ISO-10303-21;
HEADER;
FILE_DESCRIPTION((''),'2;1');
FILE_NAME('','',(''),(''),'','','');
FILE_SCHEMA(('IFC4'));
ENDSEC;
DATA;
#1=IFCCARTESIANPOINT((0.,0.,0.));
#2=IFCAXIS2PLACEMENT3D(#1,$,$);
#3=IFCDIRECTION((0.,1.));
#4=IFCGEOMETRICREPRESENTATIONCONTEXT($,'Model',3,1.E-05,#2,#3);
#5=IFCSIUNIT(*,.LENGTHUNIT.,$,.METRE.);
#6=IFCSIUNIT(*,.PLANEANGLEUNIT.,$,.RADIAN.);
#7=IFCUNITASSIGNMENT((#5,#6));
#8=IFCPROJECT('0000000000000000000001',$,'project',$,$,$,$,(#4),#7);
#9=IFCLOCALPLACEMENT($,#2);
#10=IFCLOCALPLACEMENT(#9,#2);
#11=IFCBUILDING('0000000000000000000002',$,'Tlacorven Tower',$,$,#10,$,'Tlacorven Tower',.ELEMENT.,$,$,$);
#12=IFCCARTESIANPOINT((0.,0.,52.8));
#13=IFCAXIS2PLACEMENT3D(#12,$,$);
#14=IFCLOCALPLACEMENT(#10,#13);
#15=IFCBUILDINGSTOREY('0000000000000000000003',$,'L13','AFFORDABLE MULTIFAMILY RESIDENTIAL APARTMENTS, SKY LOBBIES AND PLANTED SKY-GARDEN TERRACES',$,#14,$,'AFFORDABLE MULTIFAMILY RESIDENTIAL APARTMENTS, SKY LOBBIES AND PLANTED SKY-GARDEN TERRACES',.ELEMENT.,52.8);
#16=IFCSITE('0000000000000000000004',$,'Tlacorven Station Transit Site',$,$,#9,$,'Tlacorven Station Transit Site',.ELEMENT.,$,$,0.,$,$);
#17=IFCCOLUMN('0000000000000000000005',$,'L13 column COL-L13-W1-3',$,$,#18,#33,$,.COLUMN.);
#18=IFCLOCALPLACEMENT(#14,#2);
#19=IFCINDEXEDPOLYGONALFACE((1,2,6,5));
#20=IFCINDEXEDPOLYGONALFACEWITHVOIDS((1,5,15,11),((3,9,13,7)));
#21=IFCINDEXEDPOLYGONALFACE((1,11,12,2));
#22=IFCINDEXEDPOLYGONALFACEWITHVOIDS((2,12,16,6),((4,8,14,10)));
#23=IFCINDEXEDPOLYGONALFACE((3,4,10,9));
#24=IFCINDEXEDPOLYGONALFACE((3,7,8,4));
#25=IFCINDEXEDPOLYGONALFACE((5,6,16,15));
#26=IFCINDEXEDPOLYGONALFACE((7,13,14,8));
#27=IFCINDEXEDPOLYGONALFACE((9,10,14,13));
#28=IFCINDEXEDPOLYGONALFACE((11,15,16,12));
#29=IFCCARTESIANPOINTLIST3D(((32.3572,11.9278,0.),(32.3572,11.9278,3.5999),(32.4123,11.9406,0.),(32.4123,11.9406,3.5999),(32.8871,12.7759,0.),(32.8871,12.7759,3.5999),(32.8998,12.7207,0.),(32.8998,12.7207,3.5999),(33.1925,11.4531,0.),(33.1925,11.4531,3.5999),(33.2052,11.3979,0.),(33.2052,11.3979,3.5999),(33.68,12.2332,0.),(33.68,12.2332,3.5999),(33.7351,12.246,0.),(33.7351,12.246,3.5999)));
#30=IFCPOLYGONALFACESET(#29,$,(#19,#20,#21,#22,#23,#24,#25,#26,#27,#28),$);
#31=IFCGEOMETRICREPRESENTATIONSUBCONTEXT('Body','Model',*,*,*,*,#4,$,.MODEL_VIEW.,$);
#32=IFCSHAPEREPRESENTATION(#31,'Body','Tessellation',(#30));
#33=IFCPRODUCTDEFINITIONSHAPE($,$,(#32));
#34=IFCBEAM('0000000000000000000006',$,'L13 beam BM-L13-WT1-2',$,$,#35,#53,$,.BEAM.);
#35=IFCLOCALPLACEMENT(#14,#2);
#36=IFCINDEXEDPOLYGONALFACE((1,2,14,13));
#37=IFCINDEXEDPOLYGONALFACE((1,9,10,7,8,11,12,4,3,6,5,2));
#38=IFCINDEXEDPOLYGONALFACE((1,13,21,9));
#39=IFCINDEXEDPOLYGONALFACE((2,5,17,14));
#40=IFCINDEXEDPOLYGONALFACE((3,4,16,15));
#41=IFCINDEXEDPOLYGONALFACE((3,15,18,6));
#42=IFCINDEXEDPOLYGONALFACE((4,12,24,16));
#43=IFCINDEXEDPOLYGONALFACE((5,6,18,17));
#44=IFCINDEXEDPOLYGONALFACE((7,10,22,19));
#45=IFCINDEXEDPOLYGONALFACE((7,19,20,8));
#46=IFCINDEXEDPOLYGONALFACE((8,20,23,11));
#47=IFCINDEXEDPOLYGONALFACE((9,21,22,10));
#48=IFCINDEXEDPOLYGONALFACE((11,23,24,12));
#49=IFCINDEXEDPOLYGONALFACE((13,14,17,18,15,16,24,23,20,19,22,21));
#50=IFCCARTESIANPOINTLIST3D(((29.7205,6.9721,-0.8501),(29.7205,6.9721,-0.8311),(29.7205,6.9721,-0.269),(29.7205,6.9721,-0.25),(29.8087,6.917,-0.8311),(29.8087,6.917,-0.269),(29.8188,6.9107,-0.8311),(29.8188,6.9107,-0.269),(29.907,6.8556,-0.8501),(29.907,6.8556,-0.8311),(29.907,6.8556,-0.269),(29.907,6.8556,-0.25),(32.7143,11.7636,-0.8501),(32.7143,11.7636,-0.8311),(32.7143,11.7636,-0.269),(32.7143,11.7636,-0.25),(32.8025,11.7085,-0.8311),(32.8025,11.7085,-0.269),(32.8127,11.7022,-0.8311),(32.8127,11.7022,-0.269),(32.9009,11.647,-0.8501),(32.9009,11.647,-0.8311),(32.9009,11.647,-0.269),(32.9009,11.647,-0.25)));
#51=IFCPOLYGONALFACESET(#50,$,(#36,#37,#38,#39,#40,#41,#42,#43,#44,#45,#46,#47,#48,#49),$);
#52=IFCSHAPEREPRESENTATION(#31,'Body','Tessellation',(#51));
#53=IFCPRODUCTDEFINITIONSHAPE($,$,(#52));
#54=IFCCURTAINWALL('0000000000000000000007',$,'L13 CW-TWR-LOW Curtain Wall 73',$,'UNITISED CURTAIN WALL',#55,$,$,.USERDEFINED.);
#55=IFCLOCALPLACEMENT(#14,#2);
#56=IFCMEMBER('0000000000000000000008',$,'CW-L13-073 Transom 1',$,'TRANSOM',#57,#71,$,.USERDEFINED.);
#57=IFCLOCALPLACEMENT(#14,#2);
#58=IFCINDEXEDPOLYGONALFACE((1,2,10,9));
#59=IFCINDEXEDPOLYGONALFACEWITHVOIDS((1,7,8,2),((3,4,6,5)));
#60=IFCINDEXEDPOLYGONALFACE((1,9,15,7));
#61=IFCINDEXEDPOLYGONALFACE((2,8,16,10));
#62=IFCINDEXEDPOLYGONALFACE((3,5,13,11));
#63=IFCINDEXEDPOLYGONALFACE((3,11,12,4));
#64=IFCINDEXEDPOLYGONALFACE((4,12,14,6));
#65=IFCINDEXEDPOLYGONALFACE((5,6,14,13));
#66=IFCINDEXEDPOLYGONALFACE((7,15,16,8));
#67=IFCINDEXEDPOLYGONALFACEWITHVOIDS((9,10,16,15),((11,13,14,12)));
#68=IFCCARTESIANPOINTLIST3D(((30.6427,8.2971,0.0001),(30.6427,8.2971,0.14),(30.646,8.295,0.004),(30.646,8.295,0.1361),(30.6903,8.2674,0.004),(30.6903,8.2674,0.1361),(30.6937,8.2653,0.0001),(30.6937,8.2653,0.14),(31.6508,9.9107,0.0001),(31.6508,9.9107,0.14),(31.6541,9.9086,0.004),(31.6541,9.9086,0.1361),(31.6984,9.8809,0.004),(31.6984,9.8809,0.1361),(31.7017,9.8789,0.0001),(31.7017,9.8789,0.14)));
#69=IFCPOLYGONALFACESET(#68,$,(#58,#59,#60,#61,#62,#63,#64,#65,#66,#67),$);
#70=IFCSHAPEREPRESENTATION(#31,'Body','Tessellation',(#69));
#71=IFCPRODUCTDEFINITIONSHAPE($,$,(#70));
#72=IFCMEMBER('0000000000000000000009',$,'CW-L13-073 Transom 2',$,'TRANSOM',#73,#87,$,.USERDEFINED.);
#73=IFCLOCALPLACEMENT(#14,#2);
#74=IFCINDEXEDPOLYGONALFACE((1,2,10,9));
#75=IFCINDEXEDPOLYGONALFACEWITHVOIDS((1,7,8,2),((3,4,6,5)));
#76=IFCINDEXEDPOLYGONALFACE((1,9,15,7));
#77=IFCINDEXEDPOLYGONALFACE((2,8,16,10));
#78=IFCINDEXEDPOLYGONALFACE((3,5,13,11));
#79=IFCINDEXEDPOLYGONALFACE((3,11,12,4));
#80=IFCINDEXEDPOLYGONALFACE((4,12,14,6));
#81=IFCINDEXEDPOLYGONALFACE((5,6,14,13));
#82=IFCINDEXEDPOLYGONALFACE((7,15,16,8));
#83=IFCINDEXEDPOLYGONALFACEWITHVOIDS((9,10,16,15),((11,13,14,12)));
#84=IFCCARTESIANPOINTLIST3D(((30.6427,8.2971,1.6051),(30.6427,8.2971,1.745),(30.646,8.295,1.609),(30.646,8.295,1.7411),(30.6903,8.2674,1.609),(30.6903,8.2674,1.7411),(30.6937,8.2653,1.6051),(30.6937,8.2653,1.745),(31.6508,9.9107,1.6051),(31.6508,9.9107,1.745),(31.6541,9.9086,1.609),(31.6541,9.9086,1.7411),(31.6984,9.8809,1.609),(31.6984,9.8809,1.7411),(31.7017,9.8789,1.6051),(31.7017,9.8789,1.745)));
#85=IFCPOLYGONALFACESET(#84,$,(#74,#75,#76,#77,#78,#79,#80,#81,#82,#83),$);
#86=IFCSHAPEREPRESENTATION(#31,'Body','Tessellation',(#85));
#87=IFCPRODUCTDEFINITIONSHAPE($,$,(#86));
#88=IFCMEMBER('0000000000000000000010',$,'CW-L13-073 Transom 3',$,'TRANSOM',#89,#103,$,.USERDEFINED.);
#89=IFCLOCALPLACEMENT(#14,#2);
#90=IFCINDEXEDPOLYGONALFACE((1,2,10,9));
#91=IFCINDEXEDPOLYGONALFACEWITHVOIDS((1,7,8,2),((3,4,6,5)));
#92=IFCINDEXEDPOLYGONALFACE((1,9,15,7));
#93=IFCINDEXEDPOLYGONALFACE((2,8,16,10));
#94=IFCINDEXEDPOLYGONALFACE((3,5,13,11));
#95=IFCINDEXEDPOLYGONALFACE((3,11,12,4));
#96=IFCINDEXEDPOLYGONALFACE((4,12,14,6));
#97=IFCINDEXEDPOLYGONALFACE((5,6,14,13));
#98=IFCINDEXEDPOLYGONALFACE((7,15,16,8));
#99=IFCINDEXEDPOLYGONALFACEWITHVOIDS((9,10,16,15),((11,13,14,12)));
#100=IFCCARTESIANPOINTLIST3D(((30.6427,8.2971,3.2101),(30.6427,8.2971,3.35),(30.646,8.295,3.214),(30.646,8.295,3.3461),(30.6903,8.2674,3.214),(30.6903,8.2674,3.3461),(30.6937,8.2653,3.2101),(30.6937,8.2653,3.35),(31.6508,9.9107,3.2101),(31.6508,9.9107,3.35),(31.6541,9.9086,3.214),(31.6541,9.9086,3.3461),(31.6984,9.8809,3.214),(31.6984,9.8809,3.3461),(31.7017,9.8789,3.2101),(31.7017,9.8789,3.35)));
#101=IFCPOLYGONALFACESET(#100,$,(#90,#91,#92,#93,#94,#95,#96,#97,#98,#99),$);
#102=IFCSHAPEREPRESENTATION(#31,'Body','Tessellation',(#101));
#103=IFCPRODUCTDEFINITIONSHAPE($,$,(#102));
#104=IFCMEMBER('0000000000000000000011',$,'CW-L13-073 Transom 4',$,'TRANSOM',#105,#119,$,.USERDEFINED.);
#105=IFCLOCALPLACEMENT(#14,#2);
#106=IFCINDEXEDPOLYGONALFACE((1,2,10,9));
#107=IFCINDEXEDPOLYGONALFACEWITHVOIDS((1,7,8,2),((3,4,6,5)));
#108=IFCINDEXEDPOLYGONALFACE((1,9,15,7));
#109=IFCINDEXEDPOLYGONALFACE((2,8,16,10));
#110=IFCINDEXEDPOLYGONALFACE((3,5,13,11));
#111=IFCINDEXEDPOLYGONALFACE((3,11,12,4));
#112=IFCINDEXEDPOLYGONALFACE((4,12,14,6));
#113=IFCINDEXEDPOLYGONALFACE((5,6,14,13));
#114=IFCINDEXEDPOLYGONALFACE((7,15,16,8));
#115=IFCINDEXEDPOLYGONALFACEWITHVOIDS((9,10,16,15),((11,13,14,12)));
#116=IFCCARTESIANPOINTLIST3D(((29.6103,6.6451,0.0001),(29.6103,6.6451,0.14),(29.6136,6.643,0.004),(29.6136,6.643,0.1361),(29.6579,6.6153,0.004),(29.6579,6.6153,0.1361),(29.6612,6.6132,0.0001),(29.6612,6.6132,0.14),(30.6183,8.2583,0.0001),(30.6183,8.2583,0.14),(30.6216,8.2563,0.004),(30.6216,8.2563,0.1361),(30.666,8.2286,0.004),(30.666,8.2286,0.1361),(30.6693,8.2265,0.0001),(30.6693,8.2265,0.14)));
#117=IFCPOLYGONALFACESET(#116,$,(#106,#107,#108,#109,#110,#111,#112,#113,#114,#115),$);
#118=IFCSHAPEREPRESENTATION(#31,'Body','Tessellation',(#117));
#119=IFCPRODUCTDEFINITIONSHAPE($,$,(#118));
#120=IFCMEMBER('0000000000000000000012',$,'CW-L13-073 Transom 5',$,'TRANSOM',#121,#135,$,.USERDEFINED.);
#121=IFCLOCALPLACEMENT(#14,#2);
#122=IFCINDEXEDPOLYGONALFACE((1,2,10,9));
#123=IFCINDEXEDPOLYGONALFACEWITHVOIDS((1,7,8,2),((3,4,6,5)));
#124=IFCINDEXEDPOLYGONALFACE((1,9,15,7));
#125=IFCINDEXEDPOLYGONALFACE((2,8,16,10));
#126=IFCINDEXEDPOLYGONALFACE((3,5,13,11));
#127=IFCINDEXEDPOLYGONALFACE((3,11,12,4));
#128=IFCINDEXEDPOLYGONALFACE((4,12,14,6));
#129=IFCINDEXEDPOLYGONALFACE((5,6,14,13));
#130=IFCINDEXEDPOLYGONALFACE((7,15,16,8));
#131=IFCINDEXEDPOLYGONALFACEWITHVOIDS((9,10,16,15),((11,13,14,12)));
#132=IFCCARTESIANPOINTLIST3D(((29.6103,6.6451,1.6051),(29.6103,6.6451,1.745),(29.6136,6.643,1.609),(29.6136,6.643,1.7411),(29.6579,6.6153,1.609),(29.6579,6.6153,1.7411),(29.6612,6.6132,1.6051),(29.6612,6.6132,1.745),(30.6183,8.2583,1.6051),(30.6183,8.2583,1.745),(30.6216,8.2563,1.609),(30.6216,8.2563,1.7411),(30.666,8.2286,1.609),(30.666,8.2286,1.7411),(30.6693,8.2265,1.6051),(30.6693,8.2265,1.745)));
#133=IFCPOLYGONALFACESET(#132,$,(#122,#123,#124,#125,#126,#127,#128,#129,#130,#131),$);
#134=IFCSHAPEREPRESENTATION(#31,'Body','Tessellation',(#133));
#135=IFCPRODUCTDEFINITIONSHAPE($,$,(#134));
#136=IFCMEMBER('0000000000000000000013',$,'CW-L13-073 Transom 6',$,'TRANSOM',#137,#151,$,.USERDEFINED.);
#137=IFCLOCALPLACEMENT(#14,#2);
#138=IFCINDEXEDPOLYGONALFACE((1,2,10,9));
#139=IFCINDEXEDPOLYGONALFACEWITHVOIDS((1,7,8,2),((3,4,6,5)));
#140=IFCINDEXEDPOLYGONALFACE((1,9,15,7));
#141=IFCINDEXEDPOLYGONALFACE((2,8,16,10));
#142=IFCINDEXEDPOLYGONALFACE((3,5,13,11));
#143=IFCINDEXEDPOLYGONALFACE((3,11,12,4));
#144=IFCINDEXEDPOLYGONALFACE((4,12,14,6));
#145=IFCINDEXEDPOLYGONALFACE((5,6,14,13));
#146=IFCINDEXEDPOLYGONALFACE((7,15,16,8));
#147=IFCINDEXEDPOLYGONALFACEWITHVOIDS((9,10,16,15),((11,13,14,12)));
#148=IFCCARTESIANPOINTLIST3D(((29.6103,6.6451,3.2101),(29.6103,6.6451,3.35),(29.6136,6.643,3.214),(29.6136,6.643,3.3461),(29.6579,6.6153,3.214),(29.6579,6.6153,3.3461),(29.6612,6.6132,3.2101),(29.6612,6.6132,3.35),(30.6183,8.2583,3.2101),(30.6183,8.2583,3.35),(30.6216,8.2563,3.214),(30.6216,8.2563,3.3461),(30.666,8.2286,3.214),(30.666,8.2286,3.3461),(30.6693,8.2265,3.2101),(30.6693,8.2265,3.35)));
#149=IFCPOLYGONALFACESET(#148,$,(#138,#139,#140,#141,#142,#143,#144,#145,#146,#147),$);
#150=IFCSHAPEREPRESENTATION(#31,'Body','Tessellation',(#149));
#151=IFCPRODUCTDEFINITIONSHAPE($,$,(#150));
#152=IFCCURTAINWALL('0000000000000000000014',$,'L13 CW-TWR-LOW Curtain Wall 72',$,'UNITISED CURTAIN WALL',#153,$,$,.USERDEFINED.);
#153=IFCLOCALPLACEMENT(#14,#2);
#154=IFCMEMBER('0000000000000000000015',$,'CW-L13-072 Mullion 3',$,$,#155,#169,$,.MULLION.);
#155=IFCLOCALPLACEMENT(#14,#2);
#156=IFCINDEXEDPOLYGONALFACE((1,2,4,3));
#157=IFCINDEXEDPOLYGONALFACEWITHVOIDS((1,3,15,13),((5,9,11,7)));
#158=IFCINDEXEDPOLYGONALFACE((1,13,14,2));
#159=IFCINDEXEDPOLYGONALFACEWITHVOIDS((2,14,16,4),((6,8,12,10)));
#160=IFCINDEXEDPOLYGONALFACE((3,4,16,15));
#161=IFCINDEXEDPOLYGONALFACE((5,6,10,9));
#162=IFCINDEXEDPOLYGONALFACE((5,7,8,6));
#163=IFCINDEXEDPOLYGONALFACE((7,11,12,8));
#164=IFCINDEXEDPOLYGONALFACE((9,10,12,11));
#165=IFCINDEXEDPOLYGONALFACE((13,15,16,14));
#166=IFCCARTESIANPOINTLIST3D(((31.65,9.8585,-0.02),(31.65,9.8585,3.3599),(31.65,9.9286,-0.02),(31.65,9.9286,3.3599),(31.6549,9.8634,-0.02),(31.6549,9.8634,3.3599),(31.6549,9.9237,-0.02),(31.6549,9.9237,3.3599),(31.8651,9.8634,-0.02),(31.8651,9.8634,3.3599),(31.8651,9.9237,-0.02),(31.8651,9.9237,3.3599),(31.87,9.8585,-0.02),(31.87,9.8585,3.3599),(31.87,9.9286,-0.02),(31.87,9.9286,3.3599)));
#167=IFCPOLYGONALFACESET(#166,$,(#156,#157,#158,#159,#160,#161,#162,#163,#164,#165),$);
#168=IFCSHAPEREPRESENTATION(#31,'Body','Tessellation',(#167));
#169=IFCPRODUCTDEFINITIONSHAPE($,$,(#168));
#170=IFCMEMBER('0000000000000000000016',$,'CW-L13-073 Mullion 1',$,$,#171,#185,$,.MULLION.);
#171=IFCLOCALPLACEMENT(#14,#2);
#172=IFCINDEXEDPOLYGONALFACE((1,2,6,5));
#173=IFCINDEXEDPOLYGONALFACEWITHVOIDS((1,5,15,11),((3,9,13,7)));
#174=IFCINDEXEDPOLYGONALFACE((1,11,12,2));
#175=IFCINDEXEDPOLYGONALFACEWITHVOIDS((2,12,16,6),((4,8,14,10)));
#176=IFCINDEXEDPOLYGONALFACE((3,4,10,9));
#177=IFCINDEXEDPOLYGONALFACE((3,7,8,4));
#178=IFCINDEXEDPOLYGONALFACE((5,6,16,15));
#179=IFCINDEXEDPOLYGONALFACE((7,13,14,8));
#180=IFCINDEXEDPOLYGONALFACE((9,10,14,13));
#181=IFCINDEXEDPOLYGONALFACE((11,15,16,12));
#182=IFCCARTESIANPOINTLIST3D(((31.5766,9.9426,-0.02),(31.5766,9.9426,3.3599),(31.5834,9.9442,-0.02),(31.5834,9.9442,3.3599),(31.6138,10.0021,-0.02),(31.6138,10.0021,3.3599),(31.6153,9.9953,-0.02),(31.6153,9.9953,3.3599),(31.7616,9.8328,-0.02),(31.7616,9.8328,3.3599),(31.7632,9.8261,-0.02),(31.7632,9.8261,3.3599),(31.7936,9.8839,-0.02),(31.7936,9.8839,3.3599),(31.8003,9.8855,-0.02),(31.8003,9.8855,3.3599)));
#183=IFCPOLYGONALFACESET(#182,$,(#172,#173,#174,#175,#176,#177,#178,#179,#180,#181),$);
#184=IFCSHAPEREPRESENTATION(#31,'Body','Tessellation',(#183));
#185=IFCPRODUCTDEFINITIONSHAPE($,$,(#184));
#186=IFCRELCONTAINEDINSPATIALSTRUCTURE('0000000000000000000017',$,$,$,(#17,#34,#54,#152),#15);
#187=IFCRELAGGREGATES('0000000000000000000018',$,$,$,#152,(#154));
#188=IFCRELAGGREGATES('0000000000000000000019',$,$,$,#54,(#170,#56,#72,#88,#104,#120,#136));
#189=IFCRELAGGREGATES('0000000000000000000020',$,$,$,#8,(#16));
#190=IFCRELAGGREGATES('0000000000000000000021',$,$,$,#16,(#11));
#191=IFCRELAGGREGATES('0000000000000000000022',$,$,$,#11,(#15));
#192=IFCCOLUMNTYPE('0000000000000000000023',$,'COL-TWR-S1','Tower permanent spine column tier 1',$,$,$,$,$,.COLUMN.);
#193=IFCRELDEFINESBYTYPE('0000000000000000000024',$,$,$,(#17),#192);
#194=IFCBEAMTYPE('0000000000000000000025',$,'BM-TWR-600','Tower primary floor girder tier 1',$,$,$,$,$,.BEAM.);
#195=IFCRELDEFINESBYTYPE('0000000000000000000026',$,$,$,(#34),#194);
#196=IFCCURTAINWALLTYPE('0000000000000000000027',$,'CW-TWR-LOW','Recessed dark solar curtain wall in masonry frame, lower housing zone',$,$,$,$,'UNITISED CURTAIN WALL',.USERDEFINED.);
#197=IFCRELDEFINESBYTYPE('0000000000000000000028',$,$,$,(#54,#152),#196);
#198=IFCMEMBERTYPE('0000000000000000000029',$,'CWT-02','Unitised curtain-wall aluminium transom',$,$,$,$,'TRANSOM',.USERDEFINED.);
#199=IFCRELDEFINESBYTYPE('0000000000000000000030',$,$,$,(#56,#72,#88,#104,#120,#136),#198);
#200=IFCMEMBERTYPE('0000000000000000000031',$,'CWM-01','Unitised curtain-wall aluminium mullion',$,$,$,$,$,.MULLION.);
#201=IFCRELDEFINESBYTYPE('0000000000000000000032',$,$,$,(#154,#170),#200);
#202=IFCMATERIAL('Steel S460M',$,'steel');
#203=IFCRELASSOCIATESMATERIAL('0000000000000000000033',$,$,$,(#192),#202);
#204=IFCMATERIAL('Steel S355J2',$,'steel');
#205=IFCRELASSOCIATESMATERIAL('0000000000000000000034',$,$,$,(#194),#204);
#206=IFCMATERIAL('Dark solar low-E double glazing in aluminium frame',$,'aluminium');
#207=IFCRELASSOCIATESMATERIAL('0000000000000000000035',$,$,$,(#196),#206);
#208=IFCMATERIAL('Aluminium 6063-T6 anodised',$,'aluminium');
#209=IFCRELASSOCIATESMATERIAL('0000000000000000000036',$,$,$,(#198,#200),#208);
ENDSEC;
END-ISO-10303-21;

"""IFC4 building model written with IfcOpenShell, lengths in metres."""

from ifc_helpers import new_model, si_unit, direction, frame, origin, origin_2d, place, context, subcontext, project, spatial, hollow_rectangle, i_section, extrude, source, transform, mapped, material, material_profile, profile_set, type_object, element, aggregate, save


model = new_model("IFC4")

# Units and contexts
model_context = context("Model", 3, precision=1e-05, world=origin(), true_north=direction((0.0, 1.0)))
body_context = subcontext(model_context, "Body", "Model", "MODEL_VIEW")
ifc_project = project(units=[si_unit("LENGTHUNIT", "METRE"), si_unit("PLANEANGLEUNIT", "RADIAN")], contexts=[model_context])

# Site, building, storey
site_placement = place(None, origin())
site = spatial("IfcSite", under=ifc_project, at=site_placement, Name="Tlacorven Station Transit Site", LongName="Tlacorven Station Transit Site", CompositionType="ELEMENT", RefElevation=0.0)
building_placement = place(site_placement, origin())
building = spatial("IfcBuilding", under=site, at=building_placement, Name="Tlacorven Tower", LongName="Tlacorven Tower", CompositionType="ELEMENT")
storey_placement = place(building_placement, frame((0.0, 0.0, 52.8)))
storey = spatial("IfcBuildingStorey", under=building, at=storey_placement, Name="L13", Description="AFFORDABLE MULTIFAMILY RESIDENTIAL APARTMENTS, SKY LOBBIES AND PLANTED SKY-GARDEN TERRACES", LongName="AFFORDABLE MULTIFAMILY RESIDENTIAL APARTMENTS, SKY LOBBIES AND PLANTED SKY-GARDEN TERRACES", CompositionType="ELEMENT", Elevation=52.8)

# Column
ifc_material_1 = material(Name="Steel S460M", Category="steel")
ifc_material_profile_1 = material_profile(ifc_material_1, hollow_rectangle(XDim=1.0, YDim=1.0, WallThickness=0.04, at=origin_2d()), Name="BOX 1000X1000X40")
ifc_profile_set_1 = profile_set([ifc_material_profile_1], Name="Steel S460M")
column_type = type_object("IfcColumnType", Name="COL-TWR-S1", Description="Tower permanent spine column tier 1", PredefinedType="COLUMN", material=ifc_profile_set_1)
shared_shape_1 = source(origin(), body_context, "Body", "SweptSolid", [
    extrude(hollow_rectangle(XDim=1.0, YDim=1.0, WallThickness=0.04, at=origin_2d()), origin(), (0.0, 0.0, 1.0), 3.5999),
])
column_placement = place(storey_placement, frame((33.0461, 12.0869, 0.0), z_axis=(0.0, 0.0, 1.0), x_axis=(-0.848048, 0.529919, 0.0)))
element("IfcColumn", 1, at=column_placement, inside=storey, type_object=column_type, Name="L13 column COL-L13-W1-3", PredefinedType="COLUMN", context=body_context, shape_type="MappedRepresentation", body=[
    mapped(shared_shape_1, transform((0.0, 0.0, 0.0), scale=1.0)),
])

# Beam
ifc_material_2 = material(Name="Steel S355J2", Category="steel")
ifc_material_profile_2 = material_profile(ifc_material_2, i_section(OverallWidth=0.22, OverallDepth=0.6001, WebThickness=0.012, FlangeThickness=0.019, at=origin_2d()), Name="IPE 600")
ifc_profile_set_2 = profile_set([ifc_material_profile_2], Name="Steel S355J2")
beam_type = type_object("IfcBeamType", Name="BM-TWR-600", Description="Tower primary floor girder tier 1", PredefinedType="BEAM", material=ifc_profile_set_2)
shared_shape_2 = source(origin(), body_context, "Body", "SweptSolid", [
    extrude(i_section(OverallWidth=0.22, OverallDepth=0.6001, WebThickness=0.012, FlangeThickness=0.019, at=origin_2d()), origin(), (0.0, 0.0, 1.0), 5.6499),
])
beam_placement = place(storey_placement, frame((32.8076, 11.7053, -0.55), z_axis=(-0.529898, -0.848061, 0.0), x_axis=(0.848061, -0.529898, 0.0)))
element("IfcBeam", 2, at=beam_placement, inside=storey, type_object=beam_type, Name="L13 beam BM-L13-WT1-2", PredefinedType="BEAM", context=body_context, shape_type="MappedRepresentation", body=[
    mapped(shared_shape_2, transform((0.0, 0.0, 0.0), scale=1.0)),
])

# Curtain wall, members
ifc_material_3 = material(Name="Dark solar low-E double glazing in aluminium frame", Category="aluminium")
curtain_wall_type = type_object("IfcCurtainWallType", Name="CW-TWR-LOW", Description="Recessed dark solar curtain wall in masonry frame, lower housing zone", ElementType="UNITISED CURTAIN WALL", PredefinedType="USERDEFINED", material=ifc_material_3)
curtain_wall_1_placement = place(storey_placement, origin())
curtain_wall_1 = element("IfcCurtainWall", 3, at=curtain_wall_1_placement, inside=storey, type_object=curtain_wall_type, Name="L13 CW-TWR-LOW Curtain Wall 73", ObjectType="UNITISED CURTAIN WALL", PredefinedType="USERDEFINED")
ifc_material_4 = material(Name="Aluminium 6063-T6 anodised", Category="aluminium")
ifc_material_profile_3 = material_profile(ifc_material_4, hollow_rectangle(XDim=0.0601, YDim=0.1399, WallThickness=0.0039, at=origin_2d()), Name="ALU TRANSOM 60X140")
ifc_profile_set_3 = profile_set([ifc_material_profile_3], Name="Aluminium 6063-T6 anodised")
member_type_1 = type_object("IfcMemberType", Name="CWT-02", Description="Unitised curtain-wall aluminium transom", ElementType="TRANSOM", PredefinedType="USERDEFINED", material=ifc_profile_set_3)
shared_shape_3 = source(origin(), body_context, "Body", "SweptSolid", [
    extrude(hollow_rectangle(XDim=0.0601, YDim=0.1399, WallThickness=0.0039, at=origin_2d()), origin(), (0.0, 0.0, 1.0), 1.9026),
])
member_1_placement = place(storey_placement, frame((31.6763, 9.8948, 0.0701), z_axis=(-0.529849, -0.848092, 0.0), x_axis=(0.848092, -0.529849, 0.0)))
member_1 = element("IfcMember", 4, at=member_1_placement, type_object=member_type_1, Name="CW-L13-073 Transom 1", ObjectType="TRANSOM", PredefinedType="USERDEFINED", context=body_context, shape_type="MappedRepresentation", body=[
    mapped(shared_shape_3, transform((0.0, 0.0, 0.0), scale=1.0)),
])
member_2_placement = place(storey_placement, frame((31.6763, 9.8948, 1.675), z_axis=(-0.529849, -0.848092, 0.0), x_axis=(0.848092, -0.529849, 0.0)))
member_2 = element("IfcMember", 5, at=member_2_placement, type_object=member_type_1, Name="CW-L13-073 Transom 2", ObjectType="TRANSOM", PredefinedType="USERDEFINED", context=body_context, shape_type="MappedRepresentation", body=[
    mapped(shared_shape_3, transform((0.0, 0.0, 0.0), scale=1.0)),
])
member_3_placement = place(storey_placement, frame((31.6763, 9.8948, 3.28), z_axis=(-0.529849, -0.848092, 0.0), x_axis=(0.848092, -0.529849, 0.0)))
member_3 = element("IfcMember", 6, at=member_3_placement, type_object=member_type_1, Name="CW-L13-073 Transom 3", ObjectType="TRANSOM", PredefinedType="USERDEFINED", context=body_context, shape_type="MappedRepresentation", body=[
    mapped(shared_shape_3, transform((0.0, 0.0, 0.0), scale=1.0)),
])
shared_shape_4 = source(origin(), body_context, "Body", "SweptSolid", [
    extrude(hollow_rectangle(XDim=0.0601, YDim=0.1399, WallThickness=0.0039, at=origin_2d()), origin(), (0.0, 0.0, 1.0), 1.9023),
])
member_4_placement = place(storey_placement, frame((30.6438, 8.2424, 0.0701), z_axis=(-0.529907, -0.848056, 0.0), x_axis=(0.848056, -0.529907, 0.0)))
member_4 = element("IfcMember", 7, at=member_4_placement, type_object=member_type_1, Name="CW-L13-073 Transom 4", ObjectType="TRANSOM", PredefinedType="USERDEFINED", context=body_context, shape_type="MappedRepresentation", body=[
    mapped(shared_shape_4, transform((0.0, 0.0, 0.0), scale=1.0)),
])
member_5_placement = place(storey_placement, frame((30.6438, 8.2424, 1.675), z_axis=(-0.529907, -0.848056, 0.0), x_axis=(0.848056, -0.529907, 0.0)))
member_5 = element("IfcMember", 8, at=member_5_placement, type_object=member_type_1, Name="CW-L13-073 Transom 5", ObjectType="TRANSOM", PredefinedType="USERDEFINED", context=body_context, shape_type="MappedRepresentation", body=[
    mapped(shared_shape_4, transform((0.0, 0.0, 0.0), scale=1.0)),
])
member_6_placement = place(storey_placement, frame((30.6438, 8.2424, 3.28), z_axis=(-0.529907, -0.848056, 0.0), x_axis=(0.848056, -0.529907, 0.0)))
member_6 = element("IfcMember", 9, at=member_6_placement, type_object=member_type_1, Name="CW-L13-073 Transom 6", ObjectType="TRANSOM", PredefinedType="USERDEFINED", context=body_context, shape_type="MappedRepresentation", body=[
    mapped(shared_shape_4, transform((0.0, 0.0, 0.0), scale=1.0)),
])

# Curtain wall, member
curtain_wall_2_placement = place(storey_placement, origin())
curtain_wall_2 = element("IfcCurtainWall", 10, at=curtain_wall_2_placement, inside=storey, type_object=curtain_wall_type, Name="L13 CW-TWR-LOW Curtain Wall 72", ObjectType="UNITISED CURTAIN WALL", PredefinedType="USERDEFINED")
ifc_material_profile_4 = material_profile(ifc_material_4, hollow_rectangle(XDim=0.0701, YDim=0.22, WallThickness=0.0049, at=origin_2d()), Name="ALU MULLION 70X220")
ifc_profile_set_4 = profile_set([ifc_material_profile_4], Name="Aluminium 6063-T6 anodised")
member_type_2 = type_object("IfcMemberType", Name="CWM-01", Description="Unitised curtain-wall aluminium mullion", PredefinedType="MULLION", material=ifc_profile_set_4)
shared_shape_5 = source(origin(), body_context, "Body", "SweptSolid", [
    extrude(hollow_rectangle(XDim=0.0701, YDim=0.22, WallThickness=0.0049, at=origin_2d()), origin(), (0.0, 0.0, 1.0), 3.3799),
])
member_7_placement = place(storey_placement, frame((31.76, 9.8936, -0.02), z_axis=(0.0, 0.0, 1.0), x_axis=(0.0, 1.0, 0.0)))
member_7 = element("IfcMember", 11, at=member_7_placement, type_object=member_type_2, Name="CW-L13-072 Mullion 3", PredefinedType="MULLION", context=body_context, shape_type="MappedRepresentation", body=[
    mapped(shared_shape_5, transform((0.0, 0.0, 0.0), scale=1.0)),
])

# Member
member_8_placement = place(storey_placement, frame((31.6885, 9.9141, -0.02), z_axis=(0.0, 0.0, 1.0), x_axis=(-0.529919, -0.848048, 0.0)))
member_8 = element("IfcMember", 12, at=member_8_placement, type_object=member_type_2, Name="CW-L13-073 Mullion 1", PredefinedType="MULLION", context=body_context, shape_type="MappedRepresentation", body=[
    mapped(shared_shape_5, transform((0.0, 0.0, 0.0), scale=1.0)),
])

aggregate(curtain_wall_2, [member_7])
aggregate(curtain_wall_1, [member_8, member_1, member_2, member_3, member_4, member_5, member_6])

save(model, "model.ifc")
